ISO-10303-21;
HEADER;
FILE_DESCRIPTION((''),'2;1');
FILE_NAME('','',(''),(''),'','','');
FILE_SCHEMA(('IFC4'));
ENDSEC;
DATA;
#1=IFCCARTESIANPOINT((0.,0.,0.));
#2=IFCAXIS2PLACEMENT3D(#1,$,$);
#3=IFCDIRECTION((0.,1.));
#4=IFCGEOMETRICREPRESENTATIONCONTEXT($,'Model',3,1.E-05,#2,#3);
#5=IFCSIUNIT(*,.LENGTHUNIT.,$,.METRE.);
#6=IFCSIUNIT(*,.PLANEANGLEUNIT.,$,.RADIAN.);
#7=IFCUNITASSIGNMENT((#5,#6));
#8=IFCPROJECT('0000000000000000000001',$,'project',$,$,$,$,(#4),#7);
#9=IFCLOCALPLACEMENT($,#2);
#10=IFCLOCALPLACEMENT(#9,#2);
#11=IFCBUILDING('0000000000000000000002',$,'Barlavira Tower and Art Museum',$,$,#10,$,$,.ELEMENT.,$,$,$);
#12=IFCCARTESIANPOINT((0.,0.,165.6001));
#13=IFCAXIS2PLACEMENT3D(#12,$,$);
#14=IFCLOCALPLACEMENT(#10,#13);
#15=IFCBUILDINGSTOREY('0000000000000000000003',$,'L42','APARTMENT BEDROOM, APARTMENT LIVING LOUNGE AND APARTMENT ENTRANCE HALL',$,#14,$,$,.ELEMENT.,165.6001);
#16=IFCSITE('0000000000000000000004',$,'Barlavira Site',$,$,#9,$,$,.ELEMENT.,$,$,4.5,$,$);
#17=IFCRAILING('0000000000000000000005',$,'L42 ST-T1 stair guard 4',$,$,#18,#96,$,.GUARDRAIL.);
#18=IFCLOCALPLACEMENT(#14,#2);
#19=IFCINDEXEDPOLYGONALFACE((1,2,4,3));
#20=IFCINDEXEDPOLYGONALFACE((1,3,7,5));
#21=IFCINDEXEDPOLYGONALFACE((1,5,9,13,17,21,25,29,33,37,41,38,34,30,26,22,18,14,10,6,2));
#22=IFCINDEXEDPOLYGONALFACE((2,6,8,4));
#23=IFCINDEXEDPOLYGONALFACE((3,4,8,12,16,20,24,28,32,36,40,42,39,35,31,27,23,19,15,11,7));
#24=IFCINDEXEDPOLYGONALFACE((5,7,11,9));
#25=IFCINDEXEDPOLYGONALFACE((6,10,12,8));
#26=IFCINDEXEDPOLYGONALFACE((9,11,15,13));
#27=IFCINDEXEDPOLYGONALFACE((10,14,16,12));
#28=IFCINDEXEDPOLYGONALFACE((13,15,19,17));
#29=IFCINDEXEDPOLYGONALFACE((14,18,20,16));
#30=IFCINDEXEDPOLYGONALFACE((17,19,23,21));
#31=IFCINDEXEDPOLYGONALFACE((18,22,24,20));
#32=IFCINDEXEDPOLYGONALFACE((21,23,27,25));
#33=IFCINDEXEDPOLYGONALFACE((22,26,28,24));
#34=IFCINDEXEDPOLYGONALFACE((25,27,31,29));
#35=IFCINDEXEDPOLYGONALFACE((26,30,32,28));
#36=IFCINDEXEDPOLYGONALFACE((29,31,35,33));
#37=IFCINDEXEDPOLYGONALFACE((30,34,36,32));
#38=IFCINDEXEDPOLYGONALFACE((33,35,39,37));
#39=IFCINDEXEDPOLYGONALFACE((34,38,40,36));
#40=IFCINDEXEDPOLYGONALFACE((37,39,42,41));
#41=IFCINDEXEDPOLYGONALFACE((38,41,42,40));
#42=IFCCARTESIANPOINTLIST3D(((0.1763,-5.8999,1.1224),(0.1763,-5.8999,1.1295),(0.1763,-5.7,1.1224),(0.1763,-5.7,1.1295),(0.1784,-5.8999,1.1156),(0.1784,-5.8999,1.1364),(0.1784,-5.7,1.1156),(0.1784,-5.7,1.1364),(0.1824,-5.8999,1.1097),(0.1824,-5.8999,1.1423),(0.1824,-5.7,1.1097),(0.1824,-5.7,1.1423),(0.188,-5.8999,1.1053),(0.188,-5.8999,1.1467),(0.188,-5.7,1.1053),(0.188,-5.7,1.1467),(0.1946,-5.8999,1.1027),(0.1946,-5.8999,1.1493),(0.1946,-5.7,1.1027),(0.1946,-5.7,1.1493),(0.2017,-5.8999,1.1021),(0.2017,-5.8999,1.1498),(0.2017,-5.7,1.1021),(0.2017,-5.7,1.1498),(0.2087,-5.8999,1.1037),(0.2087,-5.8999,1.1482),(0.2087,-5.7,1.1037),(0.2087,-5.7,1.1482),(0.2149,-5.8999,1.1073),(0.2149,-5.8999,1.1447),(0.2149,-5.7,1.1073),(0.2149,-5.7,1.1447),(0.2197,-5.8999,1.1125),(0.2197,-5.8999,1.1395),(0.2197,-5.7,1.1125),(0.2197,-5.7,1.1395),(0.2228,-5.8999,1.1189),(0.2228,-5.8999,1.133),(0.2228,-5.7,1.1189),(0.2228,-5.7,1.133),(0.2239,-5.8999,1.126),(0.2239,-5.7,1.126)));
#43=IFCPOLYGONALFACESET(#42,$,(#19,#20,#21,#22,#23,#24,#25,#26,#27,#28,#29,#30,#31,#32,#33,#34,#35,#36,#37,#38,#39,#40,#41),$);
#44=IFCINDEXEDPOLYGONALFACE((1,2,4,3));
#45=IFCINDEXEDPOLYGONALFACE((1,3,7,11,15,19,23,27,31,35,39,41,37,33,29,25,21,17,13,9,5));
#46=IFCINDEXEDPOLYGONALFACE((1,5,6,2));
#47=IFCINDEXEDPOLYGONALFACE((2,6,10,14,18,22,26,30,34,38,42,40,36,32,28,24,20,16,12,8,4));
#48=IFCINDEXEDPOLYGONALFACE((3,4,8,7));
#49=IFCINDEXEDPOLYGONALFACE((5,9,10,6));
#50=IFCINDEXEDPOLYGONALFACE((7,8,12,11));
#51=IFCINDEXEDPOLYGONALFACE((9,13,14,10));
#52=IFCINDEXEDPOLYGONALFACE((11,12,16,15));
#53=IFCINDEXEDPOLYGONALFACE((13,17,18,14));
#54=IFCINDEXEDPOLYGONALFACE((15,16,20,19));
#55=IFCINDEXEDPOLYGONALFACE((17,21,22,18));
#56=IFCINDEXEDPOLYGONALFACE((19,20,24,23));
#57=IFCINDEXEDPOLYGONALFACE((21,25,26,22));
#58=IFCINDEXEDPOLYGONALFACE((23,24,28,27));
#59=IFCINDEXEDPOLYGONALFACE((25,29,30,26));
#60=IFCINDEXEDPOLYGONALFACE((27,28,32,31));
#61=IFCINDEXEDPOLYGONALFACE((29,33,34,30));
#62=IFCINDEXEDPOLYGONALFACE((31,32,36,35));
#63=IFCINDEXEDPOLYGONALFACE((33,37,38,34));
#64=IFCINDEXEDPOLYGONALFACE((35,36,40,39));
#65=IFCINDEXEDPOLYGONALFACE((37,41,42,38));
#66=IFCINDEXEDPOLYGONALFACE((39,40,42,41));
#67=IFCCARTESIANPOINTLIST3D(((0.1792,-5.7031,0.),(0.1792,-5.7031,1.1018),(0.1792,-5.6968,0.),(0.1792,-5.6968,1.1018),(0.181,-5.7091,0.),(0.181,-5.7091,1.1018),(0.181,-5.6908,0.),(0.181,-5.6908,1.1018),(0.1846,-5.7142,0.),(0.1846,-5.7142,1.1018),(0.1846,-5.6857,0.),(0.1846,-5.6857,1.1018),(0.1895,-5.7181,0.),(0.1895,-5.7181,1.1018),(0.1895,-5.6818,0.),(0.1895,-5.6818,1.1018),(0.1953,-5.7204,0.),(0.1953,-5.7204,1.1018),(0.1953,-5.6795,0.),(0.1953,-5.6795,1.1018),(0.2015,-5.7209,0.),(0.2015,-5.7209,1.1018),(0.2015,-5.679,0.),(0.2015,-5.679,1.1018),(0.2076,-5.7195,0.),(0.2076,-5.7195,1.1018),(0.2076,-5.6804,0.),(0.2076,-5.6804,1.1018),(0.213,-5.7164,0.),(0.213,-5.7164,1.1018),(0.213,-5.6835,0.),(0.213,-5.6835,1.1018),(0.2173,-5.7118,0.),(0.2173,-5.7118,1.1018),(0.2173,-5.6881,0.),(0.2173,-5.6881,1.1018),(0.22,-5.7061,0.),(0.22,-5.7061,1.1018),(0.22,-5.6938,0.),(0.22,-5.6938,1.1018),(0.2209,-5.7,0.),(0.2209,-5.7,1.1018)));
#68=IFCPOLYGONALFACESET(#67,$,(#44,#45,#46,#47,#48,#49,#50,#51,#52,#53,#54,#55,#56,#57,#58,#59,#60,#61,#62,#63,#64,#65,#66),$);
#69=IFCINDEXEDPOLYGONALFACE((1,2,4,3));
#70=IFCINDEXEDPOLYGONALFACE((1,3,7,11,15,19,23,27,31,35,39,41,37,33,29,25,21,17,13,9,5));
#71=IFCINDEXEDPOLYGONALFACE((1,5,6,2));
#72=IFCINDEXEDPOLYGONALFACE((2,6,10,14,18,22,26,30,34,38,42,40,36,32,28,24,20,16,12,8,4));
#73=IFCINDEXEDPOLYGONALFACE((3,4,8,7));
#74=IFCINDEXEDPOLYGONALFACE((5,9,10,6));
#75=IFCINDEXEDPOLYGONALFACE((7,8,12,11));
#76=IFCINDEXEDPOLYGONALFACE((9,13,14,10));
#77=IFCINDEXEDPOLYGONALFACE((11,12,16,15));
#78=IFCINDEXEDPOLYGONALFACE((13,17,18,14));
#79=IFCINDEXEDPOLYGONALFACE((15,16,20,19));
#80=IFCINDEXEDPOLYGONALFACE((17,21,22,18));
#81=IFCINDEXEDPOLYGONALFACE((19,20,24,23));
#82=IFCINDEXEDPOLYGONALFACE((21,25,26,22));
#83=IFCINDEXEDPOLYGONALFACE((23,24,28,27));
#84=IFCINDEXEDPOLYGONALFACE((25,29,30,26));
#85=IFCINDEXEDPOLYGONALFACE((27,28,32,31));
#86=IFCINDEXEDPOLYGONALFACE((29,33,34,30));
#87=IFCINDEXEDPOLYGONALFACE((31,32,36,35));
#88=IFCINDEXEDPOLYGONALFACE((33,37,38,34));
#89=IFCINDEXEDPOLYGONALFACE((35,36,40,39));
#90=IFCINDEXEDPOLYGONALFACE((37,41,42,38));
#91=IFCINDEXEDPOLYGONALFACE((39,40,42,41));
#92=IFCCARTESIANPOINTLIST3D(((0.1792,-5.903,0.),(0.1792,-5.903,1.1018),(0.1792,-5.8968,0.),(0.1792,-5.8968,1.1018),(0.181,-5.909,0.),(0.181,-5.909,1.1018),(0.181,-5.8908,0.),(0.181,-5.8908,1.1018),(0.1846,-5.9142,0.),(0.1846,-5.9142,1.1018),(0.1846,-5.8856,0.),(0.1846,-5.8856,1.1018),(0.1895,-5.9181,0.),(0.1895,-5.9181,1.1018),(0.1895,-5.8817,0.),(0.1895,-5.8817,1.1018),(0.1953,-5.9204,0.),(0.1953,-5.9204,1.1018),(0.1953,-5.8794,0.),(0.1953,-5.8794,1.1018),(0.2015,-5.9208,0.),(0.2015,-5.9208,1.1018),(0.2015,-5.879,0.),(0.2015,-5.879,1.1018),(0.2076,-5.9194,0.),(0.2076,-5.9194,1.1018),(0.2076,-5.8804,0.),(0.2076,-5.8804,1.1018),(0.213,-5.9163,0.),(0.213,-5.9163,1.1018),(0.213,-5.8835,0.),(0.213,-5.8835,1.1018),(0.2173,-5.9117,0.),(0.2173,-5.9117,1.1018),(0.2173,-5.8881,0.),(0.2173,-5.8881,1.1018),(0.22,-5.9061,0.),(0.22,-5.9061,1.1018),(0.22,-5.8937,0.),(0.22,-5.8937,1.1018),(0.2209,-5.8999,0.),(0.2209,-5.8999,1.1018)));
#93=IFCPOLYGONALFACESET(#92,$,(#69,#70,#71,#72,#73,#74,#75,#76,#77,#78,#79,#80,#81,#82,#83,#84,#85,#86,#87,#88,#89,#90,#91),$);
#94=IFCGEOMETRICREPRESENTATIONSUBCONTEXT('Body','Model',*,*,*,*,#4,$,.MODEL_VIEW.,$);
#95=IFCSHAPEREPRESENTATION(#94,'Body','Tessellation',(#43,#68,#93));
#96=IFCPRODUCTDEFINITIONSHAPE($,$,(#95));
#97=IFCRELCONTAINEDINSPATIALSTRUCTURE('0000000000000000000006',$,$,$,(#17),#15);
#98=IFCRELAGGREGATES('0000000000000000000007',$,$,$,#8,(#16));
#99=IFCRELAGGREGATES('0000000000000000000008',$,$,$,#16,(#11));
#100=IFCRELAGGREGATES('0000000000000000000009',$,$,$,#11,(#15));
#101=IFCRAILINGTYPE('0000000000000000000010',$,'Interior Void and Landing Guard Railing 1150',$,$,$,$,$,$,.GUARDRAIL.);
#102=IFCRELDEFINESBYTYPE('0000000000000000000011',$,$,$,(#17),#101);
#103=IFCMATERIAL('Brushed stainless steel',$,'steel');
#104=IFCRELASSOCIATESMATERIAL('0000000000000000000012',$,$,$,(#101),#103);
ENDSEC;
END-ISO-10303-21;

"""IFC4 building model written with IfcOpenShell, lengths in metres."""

from ifc_helpers import new_model, si_unit, direction, frame, origin, origin_2d, place, context, subcontext, project, spatial, circle, extrude, material, type_object, element, save


model = new_model("IFC4")

# Units and contexts
model_context = context("Model", 3, precision=1e-05, world=origin(), true_north=direction((0.0, 1.0)))
body_context = subcontext(model_context, "Body", "Model", "MODEL_VIEW")
ifc_project = project(units=[si_unit("LENGTHUNIT", "METRE"), si_unit("PLANEANGLEUNIT", "RADIAN")], contexts=[model_context])

# Site, building, storey
site_placement = place(None, origin())
site = spatial("IfcSite", under=ifc_project, at=site_placement, Name="Barlavira Site", CompositionType="ELEMENT", RefElevation=4.5)
building_placement = place(site_placement, origin())
building = spatial("IfcBuilding", under=site, at=building_placement, Name="Barlavira Tower and Art Museum", CompositionType="ELEMENT")
storey_placement = place(building_placement, frame((0.0, 0.0, 165.6001)))
storey = spatial("IfcBuildingStorey", under=building, at=storey_placement, Name="L42", Description="APARTMENT BEDROOM, APARTMENT LIVING LOUNGE AND APARTMENT ENTRANCE HALL", CompositionType="ELEMENT", Elevation=165.6001)

# Shared definitions
ifc_material_1 = material(Name="Brushed stainless steel", Category="steel")

# Railing
railing_type = type_object("IfcRailingType", Name="Interior Void and Landing Guard Railing 1150", PredefinedType="GUARDRAIL", material=ifc_material_1)
railing_placement = place(storey_placement, frame((0.2, -5.7, 0.0)))
element("IfcRailing", 1, at=railing_placement, inside=storey, type_object=railing_type, Name="L42 ST-T1 stair guard 4", PredefinedType="GUARDRAIL", context=body_context, shape_type="SweptSolid", body=[
    extrude(circle(Radius=0.0239, at=origin_2d()), frame((0.0, 0.0, 1.126), z_axis=(0.0, -1.0, 0.0), x_axis=(1.0, 0.0, 0.0)), (0.0, 0.0, 1.0), 0.2),
    extrude(circle(Radius=0.021, at=origin_2d()), origin(), (0.0, 0.0, 1.0), 1.1018),
    extrude(circle(Radius=0.021, at=origin_2d()), frame((0.0, -0.2, 0.0)), (0.0, 0.0, 1.0), 1.1018),
])

save(model, "model.ifc")
